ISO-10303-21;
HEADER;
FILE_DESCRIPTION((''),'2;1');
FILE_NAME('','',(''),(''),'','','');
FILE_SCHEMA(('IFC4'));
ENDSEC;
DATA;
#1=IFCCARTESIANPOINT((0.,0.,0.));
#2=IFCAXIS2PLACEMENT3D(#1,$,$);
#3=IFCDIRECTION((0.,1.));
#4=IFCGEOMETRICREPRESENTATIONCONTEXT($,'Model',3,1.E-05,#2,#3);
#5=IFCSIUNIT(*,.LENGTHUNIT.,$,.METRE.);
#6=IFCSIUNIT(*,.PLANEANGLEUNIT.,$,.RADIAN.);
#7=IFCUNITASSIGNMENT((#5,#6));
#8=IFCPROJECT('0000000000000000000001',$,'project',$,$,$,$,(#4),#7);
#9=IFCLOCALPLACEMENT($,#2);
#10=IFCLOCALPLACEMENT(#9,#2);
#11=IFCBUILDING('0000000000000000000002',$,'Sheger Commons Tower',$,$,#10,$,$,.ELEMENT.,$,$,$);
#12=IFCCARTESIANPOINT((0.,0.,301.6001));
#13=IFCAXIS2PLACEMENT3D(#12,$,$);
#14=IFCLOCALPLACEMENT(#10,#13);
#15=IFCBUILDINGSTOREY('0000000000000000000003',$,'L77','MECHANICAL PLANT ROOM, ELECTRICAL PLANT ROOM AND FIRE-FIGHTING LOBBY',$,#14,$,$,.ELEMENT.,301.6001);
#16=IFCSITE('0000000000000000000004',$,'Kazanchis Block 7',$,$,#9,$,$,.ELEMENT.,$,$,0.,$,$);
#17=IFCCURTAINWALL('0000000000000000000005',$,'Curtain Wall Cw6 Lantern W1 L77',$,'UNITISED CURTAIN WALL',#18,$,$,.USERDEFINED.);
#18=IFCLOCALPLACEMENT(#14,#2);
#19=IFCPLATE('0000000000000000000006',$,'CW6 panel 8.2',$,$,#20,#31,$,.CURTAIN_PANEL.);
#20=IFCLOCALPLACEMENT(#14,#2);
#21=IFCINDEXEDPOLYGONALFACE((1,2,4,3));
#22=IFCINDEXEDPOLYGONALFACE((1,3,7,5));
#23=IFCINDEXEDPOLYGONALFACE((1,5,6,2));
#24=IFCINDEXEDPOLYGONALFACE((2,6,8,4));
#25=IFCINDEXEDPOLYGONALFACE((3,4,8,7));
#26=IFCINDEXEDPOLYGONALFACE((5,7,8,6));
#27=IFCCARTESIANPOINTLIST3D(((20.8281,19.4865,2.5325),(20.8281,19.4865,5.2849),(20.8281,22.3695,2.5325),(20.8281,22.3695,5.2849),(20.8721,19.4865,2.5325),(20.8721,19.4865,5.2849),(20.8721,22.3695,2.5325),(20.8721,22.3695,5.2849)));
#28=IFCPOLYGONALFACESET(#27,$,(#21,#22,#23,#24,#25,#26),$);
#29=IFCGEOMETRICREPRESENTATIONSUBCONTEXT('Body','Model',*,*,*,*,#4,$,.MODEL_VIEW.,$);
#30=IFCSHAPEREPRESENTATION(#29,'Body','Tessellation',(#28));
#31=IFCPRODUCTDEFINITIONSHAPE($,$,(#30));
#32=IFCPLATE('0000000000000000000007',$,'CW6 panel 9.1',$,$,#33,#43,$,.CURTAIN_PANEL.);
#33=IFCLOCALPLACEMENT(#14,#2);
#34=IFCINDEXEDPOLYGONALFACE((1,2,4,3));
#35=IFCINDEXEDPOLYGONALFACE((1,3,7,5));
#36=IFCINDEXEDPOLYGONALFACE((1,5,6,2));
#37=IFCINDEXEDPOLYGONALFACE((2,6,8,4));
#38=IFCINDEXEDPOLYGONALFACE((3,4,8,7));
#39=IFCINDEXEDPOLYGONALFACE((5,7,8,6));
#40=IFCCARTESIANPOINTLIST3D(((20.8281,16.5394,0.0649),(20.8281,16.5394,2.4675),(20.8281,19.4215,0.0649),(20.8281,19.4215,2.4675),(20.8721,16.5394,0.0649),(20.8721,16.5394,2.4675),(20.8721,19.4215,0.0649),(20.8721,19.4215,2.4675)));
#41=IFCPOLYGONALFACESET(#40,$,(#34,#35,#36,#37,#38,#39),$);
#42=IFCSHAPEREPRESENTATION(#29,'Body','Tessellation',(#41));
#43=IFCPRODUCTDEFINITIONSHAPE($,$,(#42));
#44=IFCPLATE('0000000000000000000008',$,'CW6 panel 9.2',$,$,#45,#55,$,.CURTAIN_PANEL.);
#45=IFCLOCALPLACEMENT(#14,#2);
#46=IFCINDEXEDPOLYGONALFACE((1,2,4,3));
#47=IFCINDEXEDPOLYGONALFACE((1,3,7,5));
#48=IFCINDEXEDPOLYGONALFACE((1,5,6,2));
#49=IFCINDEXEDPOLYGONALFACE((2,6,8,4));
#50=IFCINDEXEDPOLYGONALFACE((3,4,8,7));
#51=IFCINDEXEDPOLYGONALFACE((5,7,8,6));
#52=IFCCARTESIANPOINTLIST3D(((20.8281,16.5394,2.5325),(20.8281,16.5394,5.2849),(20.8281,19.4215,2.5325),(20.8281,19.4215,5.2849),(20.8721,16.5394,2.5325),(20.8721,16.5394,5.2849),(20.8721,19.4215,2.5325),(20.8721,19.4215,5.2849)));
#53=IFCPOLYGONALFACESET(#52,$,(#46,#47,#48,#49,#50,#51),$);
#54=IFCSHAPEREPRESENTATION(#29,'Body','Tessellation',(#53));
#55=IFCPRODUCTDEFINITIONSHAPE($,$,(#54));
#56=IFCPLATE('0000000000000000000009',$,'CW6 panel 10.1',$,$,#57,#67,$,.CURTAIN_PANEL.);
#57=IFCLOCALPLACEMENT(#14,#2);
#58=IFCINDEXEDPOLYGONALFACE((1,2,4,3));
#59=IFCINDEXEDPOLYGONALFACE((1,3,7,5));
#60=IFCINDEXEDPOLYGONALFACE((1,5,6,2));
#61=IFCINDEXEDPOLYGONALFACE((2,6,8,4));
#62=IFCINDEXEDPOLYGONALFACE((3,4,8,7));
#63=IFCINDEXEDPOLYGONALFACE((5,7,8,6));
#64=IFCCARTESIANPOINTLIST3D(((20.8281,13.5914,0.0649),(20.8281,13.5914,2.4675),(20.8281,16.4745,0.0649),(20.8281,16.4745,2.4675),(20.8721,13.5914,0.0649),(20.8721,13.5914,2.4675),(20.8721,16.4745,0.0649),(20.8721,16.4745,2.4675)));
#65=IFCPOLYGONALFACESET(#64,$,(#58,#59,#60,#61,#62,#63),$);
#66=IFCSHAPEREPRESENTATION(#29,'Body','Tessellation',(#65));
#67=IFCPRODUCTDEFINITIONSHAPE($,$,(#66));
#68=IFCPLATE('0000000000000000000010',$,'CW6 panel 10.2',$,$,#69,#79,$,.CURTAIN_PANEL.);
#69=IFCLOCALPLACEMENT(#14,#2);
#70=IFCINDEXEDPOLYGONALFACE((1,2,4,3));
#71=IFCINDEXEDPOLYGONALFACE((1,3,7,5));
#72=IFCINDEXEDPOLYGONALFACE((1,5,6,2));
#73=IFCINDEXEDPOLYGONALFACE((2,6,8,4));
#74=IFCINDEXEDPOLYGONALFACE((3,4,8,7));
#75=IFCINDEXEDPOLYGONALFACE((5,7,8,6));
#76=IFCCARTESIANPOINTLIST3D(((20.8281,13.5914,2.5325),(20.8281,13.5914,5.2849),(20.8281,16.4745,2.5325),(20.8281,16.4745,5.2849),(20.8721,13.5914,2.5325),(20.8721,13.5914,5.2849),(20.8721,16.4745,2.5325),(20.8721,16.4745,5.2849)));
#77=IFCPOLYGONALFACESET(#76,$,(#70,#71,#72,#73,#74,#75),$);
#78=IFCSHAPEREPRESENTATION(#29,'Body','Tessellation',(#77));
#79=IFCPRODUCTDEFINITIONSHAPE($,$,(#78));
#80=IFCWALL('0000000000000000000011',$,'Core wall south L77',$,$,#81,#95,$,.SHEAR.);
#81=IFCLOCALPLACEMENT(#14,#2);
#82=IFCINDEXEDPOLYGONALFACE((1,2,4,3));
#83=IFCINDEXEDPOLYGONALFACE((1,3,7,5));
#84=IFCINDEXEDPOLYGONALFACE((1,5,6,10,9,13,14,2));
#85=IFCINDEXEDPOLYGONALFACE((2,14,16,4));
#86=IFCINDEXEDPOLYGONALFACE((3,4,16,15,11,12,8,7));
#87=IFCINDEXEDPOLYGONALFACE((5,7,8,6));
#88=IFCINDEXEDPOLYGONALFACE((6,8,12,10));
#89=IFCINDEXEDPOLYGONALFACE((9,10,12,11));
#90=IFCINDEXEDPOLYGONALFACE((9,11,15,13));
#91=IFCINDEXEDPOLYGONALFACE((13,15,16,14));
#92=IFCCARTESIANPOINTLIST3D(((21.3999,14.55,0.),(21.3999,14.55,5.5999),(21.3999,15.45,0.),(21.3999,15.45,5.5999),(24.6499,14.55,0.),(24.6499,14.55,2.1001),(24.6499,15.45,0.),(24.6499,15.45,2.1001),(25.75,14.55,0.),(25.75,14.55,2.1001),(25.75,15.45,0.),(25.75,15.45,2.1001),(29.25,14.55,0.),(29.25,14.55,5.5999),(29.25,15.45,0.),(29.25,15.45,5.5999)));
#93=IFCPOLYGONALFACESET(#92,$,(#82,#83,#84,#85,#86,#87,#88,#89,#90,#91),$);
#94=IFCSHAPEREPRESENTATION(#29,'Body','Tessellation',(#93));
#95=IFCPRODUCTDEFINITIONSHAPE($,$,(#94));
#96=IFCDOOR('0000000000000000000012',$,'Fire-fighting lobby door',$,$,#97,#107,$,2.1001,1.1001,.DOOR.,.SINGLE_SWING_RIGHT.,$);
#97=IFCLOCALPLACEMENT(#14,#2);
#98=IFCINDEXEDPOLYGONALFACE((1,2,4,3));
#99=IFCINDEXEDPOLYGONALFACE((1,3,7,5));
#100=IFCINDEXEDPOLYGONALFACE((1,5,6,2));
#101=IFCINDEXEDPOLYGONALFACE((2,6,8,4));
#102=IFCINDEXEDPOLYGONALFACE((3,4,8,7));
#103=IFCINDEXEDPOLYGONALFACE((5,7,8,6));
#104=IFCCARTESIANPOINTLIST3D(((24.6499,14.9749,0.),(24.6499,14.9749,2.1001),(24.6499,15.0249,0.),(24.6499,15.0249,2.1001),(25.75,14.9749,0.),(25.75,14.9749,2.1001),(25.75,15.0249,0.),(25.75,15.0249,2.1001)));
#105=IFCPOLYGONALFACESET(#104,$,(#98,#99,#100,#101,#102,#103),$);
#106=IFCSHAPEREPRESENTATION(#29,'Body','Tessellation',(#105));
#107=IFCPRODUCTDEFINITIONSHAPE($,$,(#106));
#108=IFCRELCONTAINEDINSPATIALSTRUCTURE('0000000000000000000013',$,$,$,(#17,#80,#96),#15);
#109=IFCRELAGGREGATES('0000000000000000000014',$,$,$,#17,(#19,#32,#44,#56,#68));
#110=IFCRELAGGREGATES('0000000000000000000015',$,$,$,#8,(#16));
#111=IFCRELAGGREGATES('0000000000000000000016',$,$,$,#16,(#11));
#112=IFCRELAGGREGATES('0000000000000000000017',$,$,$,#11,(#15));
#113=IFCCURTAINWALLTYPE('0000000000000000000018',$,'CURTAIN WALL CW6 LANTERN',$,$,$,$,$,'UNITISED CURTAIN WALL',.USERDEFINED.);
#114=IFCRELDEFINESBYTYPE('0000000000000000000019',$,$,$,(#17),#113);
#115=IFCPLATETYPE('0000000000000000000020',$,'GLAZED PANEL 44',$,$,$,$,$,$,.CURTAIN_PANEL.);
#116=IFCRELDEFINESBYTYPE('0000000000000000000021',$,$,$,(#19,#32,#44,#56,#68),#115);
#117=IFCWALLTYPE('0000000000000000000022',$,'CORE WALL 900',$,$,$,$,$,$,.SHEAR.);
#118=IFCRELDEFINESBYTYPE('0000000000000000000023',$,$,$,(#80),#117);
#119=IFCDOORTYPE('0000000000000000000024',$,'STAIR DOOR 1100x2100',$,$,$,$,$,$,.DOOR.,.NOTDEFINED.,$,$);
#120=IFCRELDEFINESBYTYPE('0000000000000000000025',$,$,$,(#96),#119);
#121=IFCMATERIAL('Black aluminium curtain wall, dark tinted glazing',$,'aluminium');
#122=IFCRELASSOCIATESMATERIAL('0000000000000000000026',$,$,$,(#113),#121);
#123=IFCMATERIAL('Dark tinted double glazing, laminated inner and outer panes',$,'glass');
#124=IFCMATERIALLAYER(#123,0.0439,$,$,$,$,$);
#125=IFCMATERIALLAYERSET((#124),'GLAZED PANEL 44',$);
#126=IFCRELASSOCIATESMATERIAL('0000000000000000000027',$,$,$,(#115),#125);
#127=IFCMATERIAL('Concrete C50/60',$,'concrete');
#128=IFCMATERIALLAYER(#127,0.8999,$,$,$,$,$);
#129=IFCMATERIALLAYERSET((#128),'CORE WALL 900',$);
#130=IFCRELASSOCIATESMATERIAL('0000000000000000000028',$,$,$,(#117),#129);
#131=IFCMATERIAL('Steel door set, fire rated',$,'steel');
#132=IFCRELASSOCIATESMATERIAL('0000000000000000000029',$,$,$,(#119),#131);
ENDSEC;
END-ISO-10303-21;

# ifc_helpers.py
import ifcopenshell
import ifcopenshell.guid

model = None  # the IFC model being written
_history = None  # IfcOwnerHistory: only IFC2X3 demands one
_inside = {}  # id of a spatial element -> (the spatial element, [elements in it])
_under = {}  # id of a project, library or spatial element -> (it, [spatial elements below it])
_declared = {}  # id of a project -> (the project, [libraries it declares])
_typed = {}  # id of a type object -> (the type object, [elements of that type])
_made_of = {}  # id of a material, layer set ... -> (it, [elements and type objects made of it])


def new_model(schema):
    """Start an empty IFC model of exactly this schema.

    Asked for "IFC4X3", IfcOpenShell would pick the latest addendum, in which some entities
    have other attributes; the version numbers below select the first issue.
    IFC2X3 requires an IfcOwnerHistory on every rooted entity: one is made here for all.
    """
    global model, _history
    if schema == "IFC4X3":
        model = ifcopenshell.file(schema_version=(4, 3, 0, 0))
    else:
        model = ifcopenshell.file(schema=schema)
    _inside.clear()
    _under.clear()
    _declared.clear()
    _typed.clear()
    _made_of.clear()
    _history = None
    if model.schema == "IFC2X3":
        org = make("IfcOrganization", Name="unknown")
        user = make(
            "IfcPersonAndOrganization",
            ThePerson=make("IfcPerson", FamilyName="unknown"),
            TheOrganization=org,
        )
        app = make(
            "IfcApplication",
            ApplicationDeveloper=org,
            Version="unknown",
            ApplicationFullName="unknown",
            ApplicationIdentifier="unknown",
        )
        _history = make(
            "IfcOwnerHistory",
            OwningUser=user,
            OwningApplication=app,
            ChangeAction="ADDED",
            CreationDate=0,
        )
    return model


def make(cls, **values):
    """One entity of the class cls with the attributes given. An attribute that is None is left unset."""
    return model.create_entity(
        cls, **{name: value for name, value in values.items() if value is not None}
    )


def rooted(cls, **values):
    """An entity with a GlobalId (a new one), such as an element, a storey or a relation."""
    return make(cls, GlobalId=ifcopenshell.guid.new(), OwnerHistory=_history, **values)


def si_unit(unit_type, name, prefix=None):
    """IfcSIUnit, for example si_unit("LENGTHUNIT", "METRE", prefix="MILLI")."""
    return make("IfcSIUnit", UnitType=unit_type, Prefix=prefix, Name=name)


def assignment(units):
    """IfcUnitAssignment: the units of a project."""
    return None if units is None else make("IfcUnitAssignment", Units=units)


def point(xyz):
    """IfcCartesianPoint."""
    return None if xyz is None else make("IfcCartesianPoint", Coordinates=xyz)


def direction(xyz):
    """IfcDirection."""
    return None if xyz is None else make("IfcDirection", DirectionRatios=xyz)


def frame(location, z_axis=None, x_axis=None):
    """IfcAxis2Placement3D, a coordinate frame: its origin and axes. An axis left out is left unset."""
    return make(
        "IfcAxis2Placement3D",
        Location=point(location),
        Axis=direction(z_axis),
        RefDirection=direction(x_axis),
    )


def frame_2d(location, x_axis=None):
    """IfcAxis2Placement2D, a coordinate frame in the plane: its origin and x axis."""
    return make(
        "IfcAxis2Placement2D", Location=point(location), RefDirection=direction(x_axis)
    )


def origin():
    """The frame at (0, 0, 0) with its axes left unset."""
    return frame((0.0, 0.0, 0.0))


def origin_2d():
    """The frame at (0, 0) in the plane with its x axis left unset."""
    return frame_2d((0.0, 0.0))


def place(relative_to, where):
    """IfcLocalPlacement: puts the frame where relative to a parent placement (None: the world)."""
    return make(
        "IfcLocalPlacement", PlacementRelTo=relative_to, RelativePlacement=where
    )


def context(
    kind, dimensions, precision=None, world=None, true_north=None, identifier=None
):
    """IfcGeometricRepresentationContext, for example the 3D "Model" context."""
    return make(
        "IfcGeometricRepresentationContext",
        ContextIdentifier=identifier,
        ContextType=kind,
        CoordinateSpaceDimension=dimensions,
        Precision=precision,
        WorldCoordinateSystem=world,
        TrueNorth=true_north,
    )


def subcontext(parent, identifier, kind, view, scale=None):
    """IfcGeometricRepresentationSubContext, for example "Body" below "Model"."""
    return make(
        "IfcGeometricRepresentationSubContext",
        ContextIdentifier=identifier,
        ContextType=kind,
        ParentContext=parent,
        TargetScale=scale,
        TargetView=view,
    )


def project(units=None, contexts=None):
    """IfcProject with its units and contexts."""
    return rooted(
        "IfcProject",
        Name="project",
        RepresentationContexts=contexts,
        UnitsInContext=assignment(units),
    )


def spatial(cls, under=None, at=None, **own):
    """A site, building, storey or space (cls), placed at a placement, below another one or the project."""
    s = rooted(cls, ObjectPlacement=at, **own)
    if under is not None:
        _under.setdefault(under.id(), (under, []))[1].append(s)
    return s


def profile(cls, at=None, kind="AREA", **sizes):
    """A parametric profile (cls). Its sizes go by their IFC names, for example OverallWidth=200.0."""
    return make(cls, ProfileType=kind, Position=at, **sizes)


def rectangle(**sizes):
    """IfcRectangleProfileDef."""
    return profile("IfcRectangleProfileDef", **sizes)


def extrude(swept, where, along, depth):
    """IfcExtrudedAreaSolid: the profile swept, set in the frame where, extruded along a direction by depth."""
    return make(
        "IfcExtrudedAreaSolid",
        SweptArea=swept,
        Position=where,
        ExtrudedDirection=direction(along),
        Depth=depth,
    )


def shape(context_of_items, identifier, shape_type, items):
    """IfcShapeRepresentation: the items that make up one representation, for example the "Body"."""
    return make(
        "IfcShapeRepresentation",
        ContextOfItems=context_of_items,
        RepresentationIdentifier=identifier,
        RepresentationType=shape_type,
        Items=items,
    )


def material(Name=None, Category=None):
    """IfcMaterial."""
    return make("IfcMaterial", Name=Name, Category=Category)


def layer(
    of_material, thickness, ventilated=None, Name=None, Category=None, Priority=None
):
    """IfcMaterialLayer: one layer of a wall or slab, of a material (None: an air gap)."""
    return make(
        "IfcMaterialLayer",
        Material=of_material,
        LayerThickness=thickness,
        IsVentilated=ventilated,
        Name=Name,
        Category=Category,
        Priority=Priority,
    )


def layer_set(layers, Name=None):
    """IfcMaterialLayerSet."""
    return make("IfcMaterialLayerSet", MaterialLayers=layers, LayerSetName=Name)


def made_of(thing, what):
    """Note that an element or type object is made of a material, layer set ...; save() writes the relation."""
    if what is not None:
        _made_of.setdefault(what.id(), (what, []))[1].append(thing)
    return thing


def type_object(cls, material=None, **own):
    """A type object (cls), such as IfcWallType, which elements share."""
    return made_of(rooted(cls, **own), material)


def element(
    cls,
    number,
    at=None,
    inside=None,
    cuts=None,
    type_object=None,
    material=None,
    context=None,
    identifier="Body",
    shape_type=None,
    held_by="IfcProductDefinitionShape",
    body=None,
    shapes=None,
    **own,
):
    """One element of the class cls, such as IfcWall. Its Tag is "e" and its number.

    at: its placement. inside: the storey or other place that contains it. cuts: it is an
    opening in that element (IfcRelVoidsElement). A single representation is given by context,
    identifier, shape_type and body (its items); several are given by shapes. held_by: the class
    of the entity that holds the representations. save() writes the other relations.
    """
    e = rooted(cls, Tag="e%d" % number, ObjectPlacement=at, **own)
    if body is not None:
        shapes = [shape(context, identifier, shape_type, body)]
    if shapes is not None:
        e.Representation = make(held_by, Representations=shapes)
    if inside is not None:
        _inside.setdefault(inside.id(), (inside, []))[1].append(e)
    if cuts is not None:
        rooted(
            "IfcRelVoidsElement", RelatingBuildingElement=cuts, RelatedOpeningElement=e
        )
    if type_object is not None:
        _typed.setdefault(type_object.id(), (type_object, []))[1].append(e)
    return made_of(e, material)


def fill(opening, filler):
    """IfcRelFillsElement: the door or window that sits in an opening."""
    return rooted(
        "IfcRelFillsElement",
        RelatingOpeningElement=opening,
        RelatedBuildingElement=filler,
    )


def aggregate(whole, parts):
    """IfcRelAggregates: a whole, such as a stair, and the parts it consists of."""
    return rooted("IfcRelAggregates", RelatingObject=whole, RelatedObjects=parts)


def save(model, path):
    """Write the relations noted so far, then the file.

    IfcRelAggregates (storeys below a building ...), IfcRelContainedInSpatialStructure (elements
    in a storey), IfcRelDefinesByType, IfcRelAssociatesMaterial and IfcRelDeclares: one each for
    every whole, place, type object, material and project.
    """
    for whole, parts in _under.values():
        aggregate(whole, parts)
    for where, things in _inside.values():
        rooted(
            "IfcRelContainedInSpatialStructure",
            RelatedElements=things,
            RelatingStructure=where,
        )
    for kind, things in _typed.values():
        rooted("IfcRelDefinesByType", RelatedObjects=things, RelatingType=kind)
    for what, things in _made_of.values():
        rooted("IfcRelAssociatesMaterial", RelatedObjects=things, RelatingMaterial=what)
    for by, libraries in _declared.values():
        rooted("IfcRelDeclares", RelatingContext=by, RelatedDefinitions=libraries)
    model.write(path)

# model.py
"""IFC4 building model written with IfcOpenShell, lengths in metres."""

from ifc_helpers import new_model, si_unit, direction, frame, frame_2d, origin, origin_2d, place, context, subcontext, project, spatial, rectangle, extrude, material, layer, layer_set, type_object, element, fill, aggregate, save


model = new_model("IFC4")

# Units and contexts
model_context = context("Model", 3, precision=1e-05, world=origin(), true_north=direction((0.0, 1.0)))
body_context = subcontext(model_context, "Body", "Model", "MODEL_VIEW")
ifc_project = project(units=[si_unit("LENGTHUNIT", "METRE"), si_unit("PLANEANGLEUNIT", "RADIAN")], contexts=[model_context])

# Site, building, storey
site_placement = place(None, origin())
site = spatial("IfcSite", under=ifc_project, at=site_placement, Name="Kazanchis Block 7", CompositionType="ELEMENT", RefElevation=0.0)
building_placement = place(site_placement, origin())
building = spatial("IfcBuilding", under=site, at=building_placement, Name="Sheger Commons Tower", CompositionType="ELEMENT")
storey_placement = place(building_placement, frame((0.0, 0.0, 301.6001)))
storey = spatial("IfcBuildingStorey", under=building, at=storey_placement, Name="L77", Description="MECHANICAL PLANT ROOM, ELECTRICAL PLANT ROOM AND FIRE-FIGHTING LOBBY", CompositionType="ELEMENT", Elevation=301.6001)

# Curtain wall, plates
ifc_material_1 = material(Name="Black aluminium curtain wall, dark tinted glazing", Category="aluminium")
curtain_wall_type = type_object("IfcCurtainWallType", Name="CURTAIN WALL CW6 LANTERN", ElementType="UNITISED CURTAIN WALL", PredefinedType="USERDEFINED", material=ifc_material_1)
curtain_wall_placement = place(storey_placement, origin())
curtain_wall = element("IfcCurtainWall", 1, at=curtain_wall_placement, inside=storey, type_object=curtain_wall_type, Name="Curtain Wall Cw6 Lantern W1 L77", ObjectType="UNITISED CURTAIN WALL", PredefinedType="USERDEFINED")
ifc_material_2 = material(Name="Dark tinted double glazing, laminated inner and outer panes", Category="glass")
ifc_layer_1 = layer(ifc_material_2, 0.0439)
ifc_layer_set_1 = layer_set([ifc_layer_1], Name="GLAZED PANEL 44")
plate_type = type_object("IfcPlateType", Name="GLAZED PANEL 44", PredefinedType="CURTAIN_PANEL", material=ifc_layer_set_1)
plate_1_placement = place(storey_placement, frame((20.8501, 20.928, 2.5325), z_axis=(0.0, 0.0, 1.0), x_axis=(0.0, -1.0, 0.0)))
plate_1 = element("IfcPlate", 2, at=plate_1_placement, type_object=plate_type, Name="CW6 panel 8.2", PredefinedType="CURTAIN_PANEL", context=body_context, shape_type="SweptSolid", body=[
    extrude(rectangle(XDim=2.8831, YDim=0.0439, at=origin_2d()), origin(), (0.0, 0.0, 1.0), 2.7524),
])
plate_2_placement = place(storey_placement, frame((20.8501, 17.9805, 0.0649), z_axis=(0.0, 0.0, 1.0), x_axis=(0.0, -1.0, 0.0)))
plate_2 = element("IfcPlate", 3, at=plate_2_placement, type_object=plate_type, Name="CW6 panel 9.1", PredefinedType="CURTAIN_PANEL", context=body_context, shape_type="SweptSolid", body=[
    extrude(rectangle(XDim=2.8821, YDim=0.0439, at=origin_2d()), origin(), (0.0, 0.0, 1.0), 2.4026),
])
plate_3_placement = place(storey_placement, frame((20.8501, 17.9805, 2.5325), z_axis=(0.0, 0.0, 1.0), x_axis=(0.0, -1.0, 0.0)))
plate_3 = element("IfcPlate", 4, at=plate_3_placement, type_object=plate_type, Name="CW6 panel 9.2", PredefinedType="CURTAIN_PANEL", context=body_context, shape_type="SweptSolid", body=[
    extrude(rectangle(XDim=2.8821, YDim=0.0439, at=origin_2d()), origin(), (0.0, 0.0, 1.0), 2.7524),
])
plate_4_placement = place(storey_placement, frame((20.8501, 15.033, 0.0649), z_axis=(0.0, 0.0, 1.0), x_axis=(0.0, -1.0, 0.0)))
plate_4 = element("IfcPlate", 5, at=plate_4_placement, type_object=plate_type, Name="CW6 panel 10.1", PredefinedType="CURTAIN_PANEL", context=body_context, shape_type="SweptSolid", body=[
    extrude(rectangle(XDim=2.8831, YDim=0.0439, at=origin_2d()), origin(), (0.0, 0.0, 1.0), 2.4026),
])
plate_5_placement = place(storey_placement, frame((20.8501, 15.033, 2.5325), z_axis=(0.0, 0.0, 1.0), x_axis=(0.0, -1.0, 0.0)))
plate_5 = element("IfcPlate", 6, at=plate_5_placement, type_object=plate_type, Name="CW6 panel 10.2", PredefinedType="CURTAIN_PANEL", context=body_context, shape_type="SweptSolid", body=[
    extrude(rectangle(XDim=2.8831, YDim=0.0439, at=origin_2d()), origin(), (0.0, 0.0, 1.0), 2.7524),
])
aggregate(curtain_wall, [plate_1, plate_2, plate_3, plate_4, plate_5])

# Wall, opening, door
ifc_material_3 = material(Name="Concrete C50/60", Category="concrete")
ifc_layer_2 = layer(ifc_material_3, 0.8999)
ifc_layer_set_2 = layer_set([ifc_layer_2], Name="CORE WALL 900")
wall_type = type_object("IfcWallType", Name="CORE WALL 900", PredefinedType="SHEAR", material=ifc_layer_set_2)
wall_placement = place(storey_placement, frame((21.3999, 15.0, 0.0), z_axis=(0.0, 0.0, 1.0), x_axis=(1.0, 0.0, 0.0)))
wall = element("IfcWall", 7, at=wall_placement, inside=storey, type_object=wall_type, Name="Core wall south L77", PredefinedType="SHEAR", context=body_context, shape_type="SweptSolid", body=[
    extrude(rectangle(XDim=7.8501, YDim=0.8999, at=frame_2d((3.925, 0.0))), origin(), (0.0, 0.0, 1.0), 5.5999),
])
opening_placement = place(wall_placement, frame((3.25, 0.0, 0.0)))
opening = element("IfcOpeningElement", 8, at=opening_placement, cuts=wall, PredefinedType="OPENING", context=body_context, shape_type="SweptSolid", body=[
    extrude(rectangle(XDim=1.1001, YDim=2.1001, at=frame_2d((0.55, 1.05))), frame((0.0, 0.46, 0.0), z_axis=(0.0, -1.0, 0.0), x_axis=(1.0, 0.0, 0.0)), (0.0, 0.0, 1.0), 0.9199),
])
ifc_material_4 = material(Name="Steel door set, fire rated", Category="steel")
door_type = type_object("IfcDoorType", Name="STAIR DOOR 1100x2100", OperationType="NOTDEFINED", PredefinedType="DOOR", material=ifc_material_4)
door_placement = place(opening_placement, origin())
door = element("IfcDoor", 9, at=door_placement, inside=storey, type_object=door_type, Name="Fire-fighting lobby door", OperationType="SINGLE_SWING_RIGHT", OverallHeight=2.1001, OverallWidth=1.1001, PredefinedType="DOOR", context=body_context, shape_type="SweptSolid", body=[
    extrude(rectangle(XDim=1.1001, YDim=2.1001, at=frame_2d((0.55, 1.05))), frame((0.0, 0.0249, 0.0), z_axis=(0.0, -1.0, 0.0), x_axis=(1.0, 0.0, 0.0)), (0.0, 0.0, 1.0), 0.05),
])
fill(opening, door)

save(model, "model.ifc")
